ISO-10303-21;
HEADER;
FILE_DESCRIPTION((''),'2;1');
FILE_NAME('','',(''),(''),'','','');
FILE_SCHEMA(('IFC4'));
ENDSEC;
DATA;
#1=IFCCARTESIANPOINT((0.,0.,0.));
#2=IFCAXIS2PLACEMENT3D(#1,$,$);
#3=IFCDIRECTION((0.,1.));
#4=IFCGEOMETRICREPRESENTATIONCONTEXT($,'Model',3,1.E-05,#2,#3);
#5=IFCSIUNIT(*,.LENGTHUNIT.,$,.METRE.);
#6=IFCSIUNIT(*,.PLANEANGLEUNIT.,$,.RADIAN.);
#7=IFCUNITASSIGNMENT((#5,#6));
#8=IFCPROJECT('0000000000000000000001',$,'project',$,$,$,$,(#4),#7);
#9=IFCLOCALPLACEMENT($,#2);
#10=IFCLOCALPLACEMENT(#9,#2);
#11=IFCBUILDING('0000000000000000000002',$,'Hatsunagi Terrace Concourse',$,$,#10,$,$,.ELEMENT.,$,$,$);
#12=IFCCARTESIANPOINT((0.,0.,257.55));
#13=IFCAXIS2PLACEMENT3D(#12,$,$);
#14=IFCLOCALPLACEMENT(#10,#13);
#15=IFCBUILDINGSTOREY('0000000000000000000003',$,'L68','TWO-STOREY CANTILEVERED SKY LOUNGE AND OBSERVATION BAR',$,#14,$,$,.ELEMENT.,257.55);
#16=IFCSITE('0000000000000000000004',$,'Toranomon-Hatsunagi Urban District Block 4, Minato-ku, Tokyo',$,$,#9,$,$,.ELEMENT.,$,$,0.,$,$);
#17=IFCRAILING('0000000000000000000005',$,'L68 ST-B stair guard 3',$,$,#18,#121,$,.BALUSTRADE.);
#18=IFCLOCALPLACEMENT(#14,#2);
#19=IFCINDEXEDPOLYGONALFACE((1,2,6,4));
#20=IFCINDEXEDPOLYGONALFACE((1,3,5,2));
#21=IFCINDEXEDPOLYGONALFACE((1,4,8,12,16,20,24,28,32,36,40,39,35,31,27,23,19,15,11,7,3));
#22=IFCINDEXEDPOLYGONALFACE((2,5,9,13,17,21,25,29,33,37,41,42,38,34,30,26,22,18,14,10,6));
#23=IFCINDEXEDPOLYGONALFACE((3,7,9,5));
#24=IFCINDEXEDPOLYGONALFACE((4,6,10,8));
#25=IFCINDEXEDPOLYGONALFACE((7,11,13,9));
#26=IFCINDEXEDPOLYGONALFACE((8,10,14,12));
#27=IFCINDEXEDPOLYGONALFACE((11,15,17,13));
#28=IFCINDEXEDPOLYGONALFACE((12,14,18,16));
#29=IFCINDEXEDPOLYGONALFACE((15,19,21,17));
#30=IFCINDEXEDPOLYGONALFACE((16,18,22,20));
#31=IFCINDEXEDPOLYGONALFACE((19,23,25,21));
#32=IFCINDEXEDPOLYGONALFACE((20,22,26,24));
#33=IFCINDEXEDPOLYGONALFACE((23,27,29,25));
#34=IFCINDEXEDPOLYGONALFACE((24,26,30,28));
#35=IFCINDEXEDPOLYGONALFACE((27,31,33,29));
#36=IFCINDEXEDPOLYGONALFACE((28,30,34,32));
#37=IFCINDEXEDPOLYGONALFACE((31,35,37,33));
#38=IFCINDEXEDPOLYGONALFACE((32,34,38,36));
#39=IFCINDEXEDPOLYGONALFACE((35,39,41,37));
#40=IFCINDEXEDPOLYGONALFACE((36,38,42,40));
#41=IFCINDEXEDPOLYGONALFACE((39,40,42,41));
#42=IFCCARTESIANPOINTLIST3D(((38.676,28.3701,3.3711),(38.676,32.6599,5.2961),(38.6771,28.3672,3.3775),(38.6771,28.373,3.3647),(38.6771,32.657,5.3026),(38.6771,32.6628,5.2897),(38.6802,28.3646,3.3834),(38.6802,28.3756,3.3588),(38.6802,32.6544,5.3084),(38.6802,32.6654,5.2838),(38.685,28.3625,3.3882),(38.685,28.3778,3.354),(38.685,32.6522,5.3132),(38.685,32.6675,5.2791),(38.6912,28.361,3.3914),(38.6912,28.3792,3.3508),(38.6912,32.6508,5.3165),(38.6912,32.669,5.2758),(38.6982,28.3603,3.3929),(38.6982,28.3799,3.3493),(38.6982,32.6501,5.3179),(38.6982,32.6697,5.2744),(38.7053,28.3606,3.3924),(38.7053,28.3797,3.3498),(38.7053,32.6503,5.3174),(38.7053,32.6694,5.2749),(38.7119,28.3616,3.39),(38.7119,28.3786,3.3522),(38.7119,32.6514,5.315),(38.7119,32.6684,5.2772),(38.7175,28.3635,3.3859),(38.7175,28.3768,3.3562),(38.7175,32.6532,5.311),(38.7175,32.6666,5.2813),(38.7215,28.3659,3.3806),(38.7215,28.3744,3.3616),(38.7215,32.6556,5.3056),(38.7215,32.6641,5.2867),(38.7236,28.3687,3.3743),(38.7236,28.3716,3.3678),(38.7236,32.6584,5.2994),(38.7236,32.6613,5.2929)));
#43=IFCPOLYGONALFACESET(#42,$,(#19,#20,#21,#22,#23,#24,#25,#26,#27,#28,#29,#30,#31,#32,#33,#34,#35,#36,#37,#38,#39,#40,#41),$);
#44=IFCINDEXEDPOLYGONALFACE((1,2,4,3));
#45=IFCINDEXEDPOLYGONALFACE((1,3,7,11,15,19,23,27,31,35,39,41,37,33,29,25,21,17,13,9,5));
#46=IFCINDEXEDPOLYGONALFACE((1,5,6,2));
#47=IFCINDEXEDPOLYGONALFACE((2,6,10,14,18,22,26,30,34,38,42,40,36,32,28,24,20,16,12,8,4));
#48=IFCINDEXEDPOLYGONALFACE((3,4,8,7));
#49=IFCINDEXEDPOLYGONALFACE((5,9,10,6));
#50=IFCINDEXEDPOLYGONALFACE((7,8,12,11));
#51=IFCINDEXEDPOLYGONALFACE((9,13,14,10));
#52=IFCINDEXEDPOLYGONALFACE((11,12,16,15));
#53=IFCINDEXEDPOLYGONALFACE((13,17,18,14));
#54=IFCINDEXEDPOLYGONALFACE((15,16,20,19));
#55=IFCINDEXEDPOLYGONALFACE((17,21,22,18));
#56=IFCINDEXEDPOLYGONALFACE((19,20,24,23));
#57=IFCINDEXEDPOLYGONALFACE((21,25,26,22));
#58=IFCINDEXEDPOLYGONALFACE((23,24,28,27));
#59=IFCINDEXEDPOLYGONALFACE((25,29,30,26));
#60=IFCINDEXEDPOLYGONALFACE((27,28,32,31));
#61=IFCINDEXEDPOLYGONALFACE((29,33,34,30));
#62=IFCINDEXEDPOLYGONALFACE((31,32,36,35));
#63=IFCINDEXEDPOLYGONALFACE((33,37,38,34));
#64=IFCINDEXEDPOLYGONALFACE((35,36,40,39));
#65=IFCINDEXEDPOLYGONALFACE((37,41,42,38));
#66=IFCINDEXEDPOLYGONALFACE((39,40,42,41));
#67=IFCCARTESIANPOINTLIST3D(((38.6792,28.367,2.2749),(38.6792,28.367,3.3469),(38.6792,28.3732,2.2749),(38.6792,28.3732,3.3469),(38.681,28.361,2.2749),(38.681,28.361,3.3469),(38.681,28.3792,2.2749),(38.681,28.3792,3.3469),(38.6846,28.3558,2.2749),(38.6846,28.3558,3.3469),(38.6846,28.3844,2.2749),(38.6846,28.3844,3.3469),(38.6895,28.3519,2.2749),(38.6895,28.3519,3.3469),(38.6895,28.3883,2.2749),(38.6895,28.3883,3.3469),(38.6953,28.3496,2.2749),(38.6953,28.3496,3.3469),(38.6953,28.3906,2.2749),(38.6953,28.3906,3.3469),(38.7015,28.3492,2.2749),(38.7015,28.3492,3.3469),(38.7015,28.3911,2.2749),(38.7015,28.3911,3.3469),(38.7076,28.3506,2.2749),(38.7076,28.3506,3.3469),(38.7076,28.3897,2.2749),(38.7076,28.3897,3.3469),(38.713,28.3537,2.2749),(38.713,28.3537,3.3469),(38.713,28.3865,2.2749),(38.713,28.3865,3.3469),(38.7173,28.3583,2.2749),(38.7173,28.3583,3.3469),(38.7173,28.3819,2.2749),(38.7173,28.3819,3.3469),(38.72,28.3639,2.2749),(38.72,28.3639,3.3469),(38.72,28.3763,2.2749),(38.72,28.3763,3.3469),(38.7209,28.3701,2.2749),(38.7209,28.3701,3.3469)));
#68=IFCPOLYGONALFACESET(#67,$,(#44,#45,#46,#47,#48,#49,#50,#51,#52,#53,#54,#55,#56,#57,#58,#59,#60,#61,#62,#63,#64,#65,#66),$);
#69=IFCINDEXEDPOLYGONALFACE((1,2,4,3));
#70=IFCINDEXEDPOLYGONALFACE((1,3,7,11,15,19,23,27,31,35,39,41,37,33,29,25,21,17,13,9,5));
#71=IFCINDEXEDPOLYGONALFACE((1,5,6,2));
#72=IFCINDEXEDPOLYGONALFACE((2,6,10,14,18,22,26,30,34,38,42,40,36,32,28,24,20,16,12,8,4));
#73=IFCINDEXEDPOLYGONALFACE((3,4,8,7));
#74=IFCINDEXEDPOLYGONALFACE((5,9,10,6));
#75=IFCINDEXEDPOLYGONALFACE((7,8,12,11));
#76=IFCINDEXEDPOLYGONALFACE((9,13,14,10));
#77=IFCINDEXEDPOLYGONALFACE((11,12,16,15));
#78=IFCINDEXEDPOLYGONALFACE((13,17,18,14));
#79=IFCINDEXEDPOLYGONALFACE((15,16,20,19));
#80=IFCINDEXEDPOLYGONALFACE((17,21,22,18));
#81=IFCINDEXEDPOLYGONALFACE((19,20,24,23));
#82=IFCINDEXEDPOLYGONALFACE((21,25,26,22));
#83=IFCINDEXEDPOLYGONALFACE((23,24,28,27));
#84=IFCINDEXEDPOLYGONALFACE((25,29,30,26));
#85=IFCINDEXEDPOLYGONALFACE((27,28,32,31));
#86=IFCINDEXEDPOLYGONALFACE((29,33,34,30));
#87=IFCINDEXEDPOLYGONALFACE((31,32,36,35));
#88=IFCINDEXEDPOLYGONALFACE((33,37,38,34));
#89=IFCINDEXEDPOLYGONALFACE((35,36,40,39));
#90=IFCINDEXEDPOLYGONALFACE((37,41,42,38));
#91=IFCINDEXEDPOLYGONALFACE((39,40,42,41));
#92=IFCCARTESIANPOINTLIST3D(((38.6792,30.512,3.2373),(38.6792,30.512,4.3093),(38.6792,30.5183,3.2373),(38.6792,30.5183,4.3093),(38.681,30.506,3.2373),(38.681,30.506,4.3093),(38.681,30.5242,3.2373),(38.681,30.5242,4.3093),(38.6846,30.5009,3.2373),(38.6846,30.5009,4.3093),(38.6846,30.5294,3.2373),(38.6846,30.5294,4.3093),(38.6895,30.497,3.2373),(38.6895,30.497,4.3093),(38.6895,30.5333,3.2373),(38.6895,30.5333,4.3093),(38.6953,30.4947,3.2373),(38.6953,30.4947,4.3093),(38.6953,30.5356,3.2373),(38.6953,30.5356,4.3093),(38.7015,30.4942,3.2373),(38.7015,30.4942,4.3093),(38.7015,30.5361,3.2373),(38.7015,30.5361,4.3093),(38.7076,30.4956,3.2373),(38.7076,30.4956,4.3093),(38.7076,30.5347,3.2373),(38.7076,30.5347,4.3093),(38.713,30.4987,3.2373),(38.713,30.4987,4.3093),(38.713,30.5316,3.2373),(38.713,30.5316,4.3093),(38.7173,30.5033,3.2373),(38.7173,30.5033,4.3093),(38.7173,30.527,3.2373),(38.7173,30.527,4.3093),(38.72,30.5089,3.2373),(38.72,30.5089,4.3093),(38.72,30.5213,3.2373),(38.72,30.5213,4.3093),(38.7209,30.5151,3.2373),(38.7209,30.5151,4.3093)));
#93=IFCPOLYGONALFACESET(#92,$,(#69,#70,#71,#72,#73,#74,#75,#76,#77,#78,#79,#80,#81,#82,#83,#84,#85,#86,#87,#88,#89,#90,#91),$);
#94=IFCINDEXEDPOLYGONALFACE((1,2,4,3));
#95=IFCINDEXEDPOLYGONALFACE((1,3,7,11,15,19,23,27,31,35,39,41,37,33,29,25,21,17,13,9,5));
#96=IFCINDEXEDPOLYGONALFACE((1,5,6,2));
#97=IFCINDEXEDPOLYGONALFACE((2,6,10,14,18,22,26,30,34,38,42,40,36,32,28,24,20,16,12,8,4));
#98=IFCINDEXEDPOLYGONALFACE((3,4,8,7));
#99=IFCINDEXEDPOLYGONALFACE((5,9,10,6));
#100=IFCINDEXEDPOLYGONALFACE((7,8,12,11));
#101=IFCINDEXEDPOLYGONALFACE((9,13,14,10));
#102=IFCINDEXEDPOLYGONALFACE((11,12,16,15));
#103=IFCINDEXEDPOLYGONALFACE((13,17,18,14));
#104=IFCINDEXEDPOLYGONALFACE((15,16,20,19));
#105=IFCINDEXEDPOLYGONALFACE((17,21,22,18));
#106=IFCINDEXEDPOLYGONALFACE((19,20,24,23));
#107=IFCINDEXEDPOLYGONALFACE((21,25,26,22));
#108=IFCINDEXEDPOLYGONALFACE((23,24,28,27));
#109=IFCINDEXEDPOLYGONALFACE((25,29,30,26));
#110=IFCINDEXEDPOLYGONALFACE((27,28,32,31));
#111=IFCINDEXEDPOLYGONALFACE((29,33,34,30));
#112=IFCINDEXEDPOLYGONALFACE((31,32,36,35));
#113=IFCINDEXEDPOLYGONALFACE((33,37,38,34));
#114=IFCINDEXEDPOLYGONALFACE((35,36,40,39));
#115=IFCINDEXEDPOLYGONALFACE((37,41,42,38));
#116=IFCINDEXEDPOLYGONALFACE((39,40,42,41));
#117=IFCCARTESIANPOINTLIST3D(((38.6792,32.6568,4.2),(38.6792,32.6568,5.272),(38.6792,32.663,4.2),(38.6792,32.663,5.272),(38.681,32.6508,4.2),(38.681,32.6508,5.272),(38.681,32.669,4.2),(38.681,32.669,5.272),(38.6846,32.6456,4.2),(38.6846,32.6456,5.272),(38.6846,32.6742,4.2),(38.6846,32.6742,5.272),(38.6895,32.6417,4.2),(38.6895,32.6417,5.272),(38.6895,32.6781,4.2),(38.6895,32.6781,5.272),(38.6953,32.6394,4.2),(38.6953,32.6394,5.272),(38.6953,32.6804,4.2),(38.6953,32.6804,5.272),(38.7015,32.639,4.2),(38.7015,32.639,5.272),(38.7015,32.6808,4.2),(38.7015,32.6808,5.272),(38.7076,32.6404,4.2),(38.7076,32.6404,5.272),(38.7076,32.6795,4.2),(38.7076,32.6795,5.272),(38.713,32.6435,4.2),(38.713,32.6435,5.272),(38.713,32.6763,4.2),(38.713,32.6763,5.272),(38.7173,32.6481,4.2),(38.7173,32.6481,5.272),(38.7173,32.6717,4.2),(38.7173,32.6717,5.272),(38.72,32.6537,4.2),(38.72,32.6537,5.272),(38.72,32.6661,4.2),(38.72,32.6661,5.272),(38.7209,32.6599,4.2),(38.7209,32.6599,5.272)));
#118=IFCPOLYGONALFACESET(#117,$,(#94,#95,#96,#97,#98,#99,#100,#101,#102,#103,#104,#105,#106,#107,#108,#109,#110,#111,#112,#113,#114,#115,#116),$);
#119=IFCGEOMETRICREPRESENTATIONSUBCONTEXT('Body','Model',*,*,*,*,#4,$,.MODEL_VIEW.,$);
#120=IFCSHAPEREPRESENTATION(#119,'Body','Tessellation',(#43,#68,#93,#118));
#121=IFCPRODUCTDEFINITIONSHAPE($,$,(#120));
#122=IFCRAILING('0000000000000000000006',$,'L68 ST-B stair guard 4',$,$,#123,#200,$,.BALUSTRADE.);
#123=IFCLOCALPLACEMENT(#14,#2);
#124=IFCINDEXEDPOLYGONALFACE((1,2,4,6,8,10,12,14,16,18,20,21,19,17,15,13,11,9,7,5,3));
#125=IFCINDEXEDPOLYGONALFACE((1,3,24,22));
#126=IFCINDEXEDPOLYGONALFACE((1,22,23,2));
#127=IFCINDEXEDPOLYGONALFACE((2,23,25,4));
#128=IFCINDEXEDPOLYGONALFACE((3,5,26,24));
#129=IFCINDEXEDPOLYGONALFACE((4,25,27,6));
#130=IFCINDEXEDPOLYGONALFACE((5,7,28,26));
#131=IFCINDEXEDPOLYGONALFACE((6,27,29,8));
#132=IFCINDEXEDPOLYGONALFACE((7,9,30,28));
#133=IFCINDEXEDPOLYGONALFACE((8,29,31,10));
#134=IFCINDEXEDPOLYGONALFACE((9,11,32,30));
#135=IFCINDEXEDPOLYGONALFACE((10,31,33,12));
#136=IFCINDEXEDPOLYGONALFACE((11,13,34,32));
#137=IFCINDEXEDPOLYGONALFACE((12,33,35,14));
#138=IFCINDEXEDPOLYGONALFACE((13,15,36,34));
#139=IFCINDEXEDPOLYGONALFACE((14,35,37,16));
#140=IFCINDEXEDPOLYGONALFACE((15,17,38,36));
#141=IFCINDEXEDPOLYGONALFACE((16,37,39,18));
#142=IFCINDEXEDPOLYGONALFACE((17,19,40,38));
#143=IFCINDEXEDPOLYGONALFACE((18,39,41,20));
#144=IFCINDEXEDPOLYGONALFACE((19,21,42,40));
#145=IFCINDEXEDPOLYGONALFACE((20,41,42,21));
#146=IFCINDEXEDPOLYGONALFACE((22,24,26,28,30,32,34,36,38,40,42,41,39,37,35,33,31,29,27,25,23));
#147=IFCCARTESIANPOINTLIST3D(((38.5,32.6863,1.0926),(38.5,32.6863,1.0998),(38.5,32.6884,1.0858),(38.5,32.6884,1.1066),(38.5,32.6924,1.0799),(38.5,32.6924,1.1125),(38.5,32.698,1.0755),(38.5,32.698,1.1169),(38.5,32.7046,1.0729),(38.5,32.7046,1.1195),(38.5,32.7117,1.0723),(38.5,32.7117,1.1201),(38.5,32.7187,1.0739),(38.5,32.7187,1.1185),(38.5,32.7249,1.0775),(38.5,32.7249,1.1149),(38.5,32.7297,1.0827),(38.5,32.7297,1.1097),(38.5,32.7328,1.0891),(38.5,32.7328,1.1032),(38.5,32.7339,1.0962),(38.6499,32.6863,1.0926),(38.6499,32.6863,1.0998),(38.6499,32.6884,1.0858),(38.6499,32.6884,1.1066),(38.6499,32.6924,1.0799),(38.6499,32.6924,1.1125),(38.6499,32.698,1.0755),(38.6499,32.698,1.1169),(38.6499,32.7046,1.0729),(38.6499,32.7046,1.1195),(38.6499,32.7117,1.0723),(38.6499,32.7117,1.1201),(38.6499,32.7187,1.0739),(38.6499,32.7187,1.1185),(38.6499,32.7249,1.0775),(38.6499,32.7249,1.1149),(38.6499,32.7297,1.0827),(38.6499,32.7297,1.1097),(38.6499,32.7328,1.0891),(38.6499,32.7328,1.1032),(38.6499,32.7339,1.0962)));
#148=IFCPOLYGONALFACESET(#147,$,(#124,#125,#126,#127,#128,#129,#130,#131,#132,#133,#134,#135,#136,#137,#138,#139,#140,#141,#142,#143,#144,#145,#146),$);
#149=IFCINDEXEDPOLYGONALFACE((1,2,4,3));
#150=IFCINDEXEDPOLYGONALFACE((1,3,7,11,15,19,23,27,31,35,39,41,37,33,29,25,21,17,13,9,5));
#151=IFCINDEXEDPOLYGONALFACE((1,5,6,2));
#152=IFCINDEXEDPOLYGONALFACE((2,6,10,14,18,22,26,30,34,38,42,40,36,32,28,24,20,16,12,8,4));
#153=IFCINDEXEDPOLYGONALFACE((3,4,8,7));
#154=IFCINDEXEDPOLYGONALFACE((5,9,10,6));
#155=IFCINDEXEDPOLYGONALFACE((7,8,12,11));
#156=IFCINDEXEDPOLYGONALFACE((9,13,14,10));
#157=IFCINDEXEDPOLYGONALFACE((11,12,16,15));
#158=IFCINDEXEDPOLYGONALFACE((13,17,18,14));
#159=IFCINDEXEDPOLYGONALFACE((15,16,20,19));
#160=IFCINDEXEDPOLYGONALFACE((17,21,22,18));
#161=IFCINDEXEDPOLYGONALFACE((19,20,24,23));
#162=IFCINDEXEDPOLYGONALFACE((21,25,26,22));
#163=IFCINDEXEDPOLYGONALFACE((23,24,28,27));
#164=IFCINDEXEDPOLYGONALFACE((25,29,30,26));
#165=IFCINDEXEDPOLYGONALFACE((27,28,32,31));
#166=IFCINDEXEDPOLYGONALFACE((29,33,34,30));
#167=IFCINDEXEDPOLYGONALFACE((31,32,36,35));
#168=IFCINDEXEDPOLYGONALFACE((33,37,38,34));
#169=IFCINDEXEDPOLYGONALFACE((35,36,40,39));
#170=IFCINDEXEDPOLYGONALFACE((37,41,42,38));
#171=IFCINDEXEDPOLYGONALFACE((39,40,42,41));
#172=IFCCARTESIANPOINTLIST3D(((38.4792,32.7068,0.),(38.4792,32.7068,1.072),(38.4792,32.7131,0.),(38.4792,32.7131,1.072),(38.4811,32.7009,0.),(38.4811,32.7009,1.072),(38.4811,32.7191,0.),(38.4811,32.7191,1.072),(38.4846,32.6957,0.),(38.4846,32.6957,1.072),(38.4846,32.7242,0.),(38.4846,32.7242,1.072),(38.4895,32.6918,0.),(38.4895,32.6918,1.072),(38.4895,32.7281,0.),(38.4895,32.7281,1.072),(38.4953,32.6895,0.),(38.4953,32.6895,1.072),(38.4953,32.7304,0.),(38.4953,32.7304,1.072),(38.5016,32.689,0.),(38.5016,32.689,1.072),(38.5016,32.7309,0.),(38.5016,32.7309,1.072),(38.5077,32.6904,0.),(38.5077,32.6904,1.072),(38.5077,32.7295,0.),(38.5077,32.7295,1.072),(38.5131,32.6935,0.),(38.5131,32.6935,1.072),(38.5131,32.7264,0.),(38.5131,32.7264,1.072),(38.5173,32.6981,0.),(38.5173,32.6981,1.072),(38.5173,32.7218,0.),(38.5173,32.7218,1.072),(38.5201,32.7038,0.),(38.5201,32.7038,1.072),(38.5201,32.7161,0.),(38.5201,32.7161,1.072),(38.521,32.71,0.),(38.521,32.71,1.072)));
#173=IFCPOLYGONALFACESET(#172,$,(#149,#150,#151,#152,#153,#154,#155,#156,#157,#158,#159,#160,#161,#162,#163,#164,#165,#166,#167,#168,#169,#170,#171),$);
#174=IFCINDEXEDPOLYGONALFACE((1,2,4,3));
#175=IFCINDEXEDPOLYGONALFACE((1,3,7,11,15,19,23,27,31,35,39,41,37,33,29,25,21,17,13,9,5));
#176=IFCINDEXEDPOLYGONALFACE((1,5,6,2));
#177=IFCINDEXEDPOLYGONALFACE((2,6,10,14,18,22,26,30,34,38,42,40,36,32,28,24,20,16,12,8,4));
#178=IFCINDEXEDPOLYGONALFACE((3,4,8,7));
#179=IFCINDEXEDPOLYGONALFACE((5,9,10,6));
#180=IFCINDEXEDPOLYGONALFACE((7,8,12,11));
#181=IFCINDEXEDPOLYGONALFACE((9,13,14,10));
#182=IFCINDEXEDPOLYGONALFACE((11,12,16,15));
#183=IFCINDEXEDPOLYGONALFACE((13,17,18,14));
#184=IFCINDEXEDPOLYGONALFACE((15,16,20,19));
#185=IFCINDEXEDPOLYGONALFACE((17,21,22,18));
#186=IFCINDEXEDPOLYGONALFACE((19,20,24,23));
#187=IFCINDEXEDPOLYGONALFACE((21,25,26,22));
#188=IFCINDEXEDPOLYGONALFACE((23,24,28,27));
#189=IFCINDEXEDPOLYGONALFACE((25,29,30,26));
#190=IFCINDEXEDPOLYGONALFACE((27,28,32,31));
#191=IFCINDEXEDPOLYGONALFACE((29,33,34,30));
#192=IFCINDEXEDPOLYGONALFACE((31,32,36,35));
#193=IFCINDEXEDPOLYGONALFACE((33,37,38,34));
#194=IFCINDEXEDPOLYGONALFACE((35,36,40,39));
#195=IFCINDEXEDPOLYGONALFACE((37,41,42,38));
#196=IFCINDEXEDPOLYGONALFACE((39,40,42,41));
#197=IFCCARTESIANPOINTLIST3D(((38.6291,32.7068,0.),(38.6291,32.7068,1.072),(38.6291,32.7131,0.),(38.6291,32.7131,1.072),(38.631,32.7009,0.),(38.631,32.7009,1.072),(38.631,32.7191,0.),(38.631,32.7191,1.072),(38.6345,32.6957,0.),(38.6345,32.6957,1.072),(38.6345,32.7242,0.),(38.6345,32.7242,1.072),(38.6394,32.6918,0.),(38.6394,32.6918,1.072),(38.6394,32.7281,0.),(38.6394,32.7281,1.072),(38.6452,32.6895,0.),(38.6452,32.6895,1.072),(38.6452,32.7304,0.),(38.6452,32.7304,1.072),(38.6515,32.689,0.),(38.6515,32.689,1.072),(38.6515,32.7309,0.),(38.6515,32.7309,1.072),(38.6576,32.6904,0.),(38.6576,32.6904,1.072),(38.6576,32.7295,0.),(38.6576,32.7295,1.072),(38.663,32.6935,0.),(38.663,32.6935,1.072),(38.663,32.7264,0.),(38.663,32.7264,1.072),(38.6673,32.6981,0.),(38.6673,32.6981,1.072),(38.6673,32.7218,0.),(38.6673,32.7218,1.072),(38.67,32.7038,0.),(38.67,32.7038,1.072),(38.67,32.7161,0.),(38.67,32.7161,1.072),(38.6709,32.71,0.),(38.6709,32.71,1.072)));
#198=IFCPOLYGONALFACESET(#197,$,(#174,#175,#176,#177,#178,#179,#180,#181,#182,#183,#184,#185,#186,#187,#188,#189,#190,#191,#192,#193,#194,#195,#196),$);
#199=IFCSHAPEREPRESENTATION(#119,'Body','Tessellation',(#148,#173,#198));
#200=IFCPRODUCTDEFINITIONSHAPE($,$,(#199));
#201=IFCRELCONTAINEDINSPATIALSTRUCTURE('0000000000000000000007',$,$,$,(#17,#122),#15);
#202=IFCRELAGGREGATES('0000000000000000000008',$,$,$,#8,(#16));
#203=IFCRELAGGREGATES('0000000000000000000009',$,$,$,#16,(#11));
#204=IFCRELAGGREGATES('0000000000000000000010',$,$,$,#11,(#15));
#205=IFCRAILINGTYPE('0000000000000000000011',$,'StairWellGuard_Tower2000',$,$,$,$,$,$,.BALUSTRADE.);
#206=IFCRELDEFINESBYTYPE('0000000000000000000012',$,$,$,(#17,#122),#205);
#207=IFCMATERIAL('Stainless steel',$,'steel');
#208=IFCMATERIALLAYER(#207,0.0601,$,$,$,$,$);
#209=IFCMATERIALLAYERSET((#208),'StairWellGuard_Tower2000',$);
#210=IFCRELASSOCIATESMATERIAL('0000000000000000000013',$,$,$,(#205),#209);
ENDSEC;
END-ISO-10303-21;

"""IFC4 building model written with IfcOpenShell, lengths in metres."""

from ifc_helpers import new_model, si_unit, direction, frame, origin, origin_2d, place, context, subcontext, project, spatial, circle, extrude, material, layer, layer_set, type_object, element, save


model = new_model("IFC4")

# Units and contexts
model_context = context("Model", 3, precision=1e-05, world=origin(), true_north=direction((0.0, 1.0)))
body_context = subcontext(model_context, "Body", "Model", "MODEL_VIEW")
ifc_project = project(units=[si_unit("LENGTHUNIT", "METRE"), si_unit("PLANEANGLEUNIT", "RADIAN")], contexts=[model_context])

# Site, building, storey
site_placement = place(None, origin())
site = spatial("IfcSite", under=ifc_project, at=site_placement, Name="Toranomon-Hatsunagi Urban District Block 4, Minato-ku, Tokyo", CompositionType="ELEMENT", RefElevation=0.0)
building_placement = place(site_placement, origin())
building = spatial("IfcBuilding", under=site, at=building_placement, Name="Hatsunagi Terrace Concourse", CompositionType="ELEMENT")
storey_placement = place(building_placement, frame((0.0, 0.0, 257.55)))
storey = spatial("IfcBuildingStorey", under=building, at=storey_placement, Name="L68", Description="TWO-STOREY CANTILEVERED SKY LOUNGE AND OBSERVATION BAR", CompositionType="ELEMENT", Elevation=257.55)

# Railings
ifc_material_1 = material(Name="Stainless steel", Category="steel")
ifc_layer_1 = layer(ifc_material_1, 0.0601)
ifc_layer_set_1 = layer_set([ifc_layer_1], Name="StairWellGuard_Tower2000")
railing_type_1 = type_object("IfcRailingType", Name="StairWellGuard_Tower2000", PredefinedType="BALUSTRADE", material=ifc_layer_set_1)
railing_1_placement = place(storey_placement, frame((38.7, 28.3701, 2.2749)))
element("IfcRailing", 1, at=railing_1_placement, inside=storey, type_object=railing_type_1, Name="L68 ST-B stair guard 3", PredefinedType="BALUSTRADE", context=body_context, shape_type="SweptSolid", body=[
    extrude(circle(Radius=0.0239, at=origin_2d()), frame((0.0, 0.0, 1.0962), z_axis=(0.0, 0.912348, 0.409417), x_axis=(-1.0, 0.0, 0.0)), (0.0, 0.0, 1.0), 4.7019),
    extrude(circle(Radius=0.021, at=origin_2d()), origin(), (0.0, 0.0, 1.0), 1.072),
    extrude(circle(Radius=0.021, at=origin_2d()), frame((0.0, 2.145, 0.9624)), (0.0, 0.0, 1.0), 1.072),
    extrude(circle(Radius=0.021, at=origin_2d()), frame((0.0, 4.2898, 1.925)), (0.0, 0.0, 1.0), 1.072),
])
railing_2_placement = place(storey_placement, frame((38.5, 32.71, 0.0)))
element("IfcRailing", 2, at=railing_2_placement, inside=storey, type_object=railing_type_1, Name="L68 ST-B stair guard 4", PredefinedType="BALUSTRADE", context=body_context, shape_type="SweptSolid", body=[
    extrude(circle(Radius=0.0239, at=origin_2d()), frame((0.0, 0.0, 1.0962), z_axis=(1.0, 0.0, 0.0), x_axis=(0.0, 1.0, 0.0)), (0.0, 0.0, 1.0), 0.1499),
    extrude(circle(Radius=0.021, at=origin_2d()), origin(), (0.0, 0.0, 1.0), 1.072),
    extrude(circle(Radius=0.021, at=origin_2d()), frame((0.1499, 0.0, 0.0)), (0.0, 0.0, 1.0), 1.072),
])

save(model, "model.ifc")
